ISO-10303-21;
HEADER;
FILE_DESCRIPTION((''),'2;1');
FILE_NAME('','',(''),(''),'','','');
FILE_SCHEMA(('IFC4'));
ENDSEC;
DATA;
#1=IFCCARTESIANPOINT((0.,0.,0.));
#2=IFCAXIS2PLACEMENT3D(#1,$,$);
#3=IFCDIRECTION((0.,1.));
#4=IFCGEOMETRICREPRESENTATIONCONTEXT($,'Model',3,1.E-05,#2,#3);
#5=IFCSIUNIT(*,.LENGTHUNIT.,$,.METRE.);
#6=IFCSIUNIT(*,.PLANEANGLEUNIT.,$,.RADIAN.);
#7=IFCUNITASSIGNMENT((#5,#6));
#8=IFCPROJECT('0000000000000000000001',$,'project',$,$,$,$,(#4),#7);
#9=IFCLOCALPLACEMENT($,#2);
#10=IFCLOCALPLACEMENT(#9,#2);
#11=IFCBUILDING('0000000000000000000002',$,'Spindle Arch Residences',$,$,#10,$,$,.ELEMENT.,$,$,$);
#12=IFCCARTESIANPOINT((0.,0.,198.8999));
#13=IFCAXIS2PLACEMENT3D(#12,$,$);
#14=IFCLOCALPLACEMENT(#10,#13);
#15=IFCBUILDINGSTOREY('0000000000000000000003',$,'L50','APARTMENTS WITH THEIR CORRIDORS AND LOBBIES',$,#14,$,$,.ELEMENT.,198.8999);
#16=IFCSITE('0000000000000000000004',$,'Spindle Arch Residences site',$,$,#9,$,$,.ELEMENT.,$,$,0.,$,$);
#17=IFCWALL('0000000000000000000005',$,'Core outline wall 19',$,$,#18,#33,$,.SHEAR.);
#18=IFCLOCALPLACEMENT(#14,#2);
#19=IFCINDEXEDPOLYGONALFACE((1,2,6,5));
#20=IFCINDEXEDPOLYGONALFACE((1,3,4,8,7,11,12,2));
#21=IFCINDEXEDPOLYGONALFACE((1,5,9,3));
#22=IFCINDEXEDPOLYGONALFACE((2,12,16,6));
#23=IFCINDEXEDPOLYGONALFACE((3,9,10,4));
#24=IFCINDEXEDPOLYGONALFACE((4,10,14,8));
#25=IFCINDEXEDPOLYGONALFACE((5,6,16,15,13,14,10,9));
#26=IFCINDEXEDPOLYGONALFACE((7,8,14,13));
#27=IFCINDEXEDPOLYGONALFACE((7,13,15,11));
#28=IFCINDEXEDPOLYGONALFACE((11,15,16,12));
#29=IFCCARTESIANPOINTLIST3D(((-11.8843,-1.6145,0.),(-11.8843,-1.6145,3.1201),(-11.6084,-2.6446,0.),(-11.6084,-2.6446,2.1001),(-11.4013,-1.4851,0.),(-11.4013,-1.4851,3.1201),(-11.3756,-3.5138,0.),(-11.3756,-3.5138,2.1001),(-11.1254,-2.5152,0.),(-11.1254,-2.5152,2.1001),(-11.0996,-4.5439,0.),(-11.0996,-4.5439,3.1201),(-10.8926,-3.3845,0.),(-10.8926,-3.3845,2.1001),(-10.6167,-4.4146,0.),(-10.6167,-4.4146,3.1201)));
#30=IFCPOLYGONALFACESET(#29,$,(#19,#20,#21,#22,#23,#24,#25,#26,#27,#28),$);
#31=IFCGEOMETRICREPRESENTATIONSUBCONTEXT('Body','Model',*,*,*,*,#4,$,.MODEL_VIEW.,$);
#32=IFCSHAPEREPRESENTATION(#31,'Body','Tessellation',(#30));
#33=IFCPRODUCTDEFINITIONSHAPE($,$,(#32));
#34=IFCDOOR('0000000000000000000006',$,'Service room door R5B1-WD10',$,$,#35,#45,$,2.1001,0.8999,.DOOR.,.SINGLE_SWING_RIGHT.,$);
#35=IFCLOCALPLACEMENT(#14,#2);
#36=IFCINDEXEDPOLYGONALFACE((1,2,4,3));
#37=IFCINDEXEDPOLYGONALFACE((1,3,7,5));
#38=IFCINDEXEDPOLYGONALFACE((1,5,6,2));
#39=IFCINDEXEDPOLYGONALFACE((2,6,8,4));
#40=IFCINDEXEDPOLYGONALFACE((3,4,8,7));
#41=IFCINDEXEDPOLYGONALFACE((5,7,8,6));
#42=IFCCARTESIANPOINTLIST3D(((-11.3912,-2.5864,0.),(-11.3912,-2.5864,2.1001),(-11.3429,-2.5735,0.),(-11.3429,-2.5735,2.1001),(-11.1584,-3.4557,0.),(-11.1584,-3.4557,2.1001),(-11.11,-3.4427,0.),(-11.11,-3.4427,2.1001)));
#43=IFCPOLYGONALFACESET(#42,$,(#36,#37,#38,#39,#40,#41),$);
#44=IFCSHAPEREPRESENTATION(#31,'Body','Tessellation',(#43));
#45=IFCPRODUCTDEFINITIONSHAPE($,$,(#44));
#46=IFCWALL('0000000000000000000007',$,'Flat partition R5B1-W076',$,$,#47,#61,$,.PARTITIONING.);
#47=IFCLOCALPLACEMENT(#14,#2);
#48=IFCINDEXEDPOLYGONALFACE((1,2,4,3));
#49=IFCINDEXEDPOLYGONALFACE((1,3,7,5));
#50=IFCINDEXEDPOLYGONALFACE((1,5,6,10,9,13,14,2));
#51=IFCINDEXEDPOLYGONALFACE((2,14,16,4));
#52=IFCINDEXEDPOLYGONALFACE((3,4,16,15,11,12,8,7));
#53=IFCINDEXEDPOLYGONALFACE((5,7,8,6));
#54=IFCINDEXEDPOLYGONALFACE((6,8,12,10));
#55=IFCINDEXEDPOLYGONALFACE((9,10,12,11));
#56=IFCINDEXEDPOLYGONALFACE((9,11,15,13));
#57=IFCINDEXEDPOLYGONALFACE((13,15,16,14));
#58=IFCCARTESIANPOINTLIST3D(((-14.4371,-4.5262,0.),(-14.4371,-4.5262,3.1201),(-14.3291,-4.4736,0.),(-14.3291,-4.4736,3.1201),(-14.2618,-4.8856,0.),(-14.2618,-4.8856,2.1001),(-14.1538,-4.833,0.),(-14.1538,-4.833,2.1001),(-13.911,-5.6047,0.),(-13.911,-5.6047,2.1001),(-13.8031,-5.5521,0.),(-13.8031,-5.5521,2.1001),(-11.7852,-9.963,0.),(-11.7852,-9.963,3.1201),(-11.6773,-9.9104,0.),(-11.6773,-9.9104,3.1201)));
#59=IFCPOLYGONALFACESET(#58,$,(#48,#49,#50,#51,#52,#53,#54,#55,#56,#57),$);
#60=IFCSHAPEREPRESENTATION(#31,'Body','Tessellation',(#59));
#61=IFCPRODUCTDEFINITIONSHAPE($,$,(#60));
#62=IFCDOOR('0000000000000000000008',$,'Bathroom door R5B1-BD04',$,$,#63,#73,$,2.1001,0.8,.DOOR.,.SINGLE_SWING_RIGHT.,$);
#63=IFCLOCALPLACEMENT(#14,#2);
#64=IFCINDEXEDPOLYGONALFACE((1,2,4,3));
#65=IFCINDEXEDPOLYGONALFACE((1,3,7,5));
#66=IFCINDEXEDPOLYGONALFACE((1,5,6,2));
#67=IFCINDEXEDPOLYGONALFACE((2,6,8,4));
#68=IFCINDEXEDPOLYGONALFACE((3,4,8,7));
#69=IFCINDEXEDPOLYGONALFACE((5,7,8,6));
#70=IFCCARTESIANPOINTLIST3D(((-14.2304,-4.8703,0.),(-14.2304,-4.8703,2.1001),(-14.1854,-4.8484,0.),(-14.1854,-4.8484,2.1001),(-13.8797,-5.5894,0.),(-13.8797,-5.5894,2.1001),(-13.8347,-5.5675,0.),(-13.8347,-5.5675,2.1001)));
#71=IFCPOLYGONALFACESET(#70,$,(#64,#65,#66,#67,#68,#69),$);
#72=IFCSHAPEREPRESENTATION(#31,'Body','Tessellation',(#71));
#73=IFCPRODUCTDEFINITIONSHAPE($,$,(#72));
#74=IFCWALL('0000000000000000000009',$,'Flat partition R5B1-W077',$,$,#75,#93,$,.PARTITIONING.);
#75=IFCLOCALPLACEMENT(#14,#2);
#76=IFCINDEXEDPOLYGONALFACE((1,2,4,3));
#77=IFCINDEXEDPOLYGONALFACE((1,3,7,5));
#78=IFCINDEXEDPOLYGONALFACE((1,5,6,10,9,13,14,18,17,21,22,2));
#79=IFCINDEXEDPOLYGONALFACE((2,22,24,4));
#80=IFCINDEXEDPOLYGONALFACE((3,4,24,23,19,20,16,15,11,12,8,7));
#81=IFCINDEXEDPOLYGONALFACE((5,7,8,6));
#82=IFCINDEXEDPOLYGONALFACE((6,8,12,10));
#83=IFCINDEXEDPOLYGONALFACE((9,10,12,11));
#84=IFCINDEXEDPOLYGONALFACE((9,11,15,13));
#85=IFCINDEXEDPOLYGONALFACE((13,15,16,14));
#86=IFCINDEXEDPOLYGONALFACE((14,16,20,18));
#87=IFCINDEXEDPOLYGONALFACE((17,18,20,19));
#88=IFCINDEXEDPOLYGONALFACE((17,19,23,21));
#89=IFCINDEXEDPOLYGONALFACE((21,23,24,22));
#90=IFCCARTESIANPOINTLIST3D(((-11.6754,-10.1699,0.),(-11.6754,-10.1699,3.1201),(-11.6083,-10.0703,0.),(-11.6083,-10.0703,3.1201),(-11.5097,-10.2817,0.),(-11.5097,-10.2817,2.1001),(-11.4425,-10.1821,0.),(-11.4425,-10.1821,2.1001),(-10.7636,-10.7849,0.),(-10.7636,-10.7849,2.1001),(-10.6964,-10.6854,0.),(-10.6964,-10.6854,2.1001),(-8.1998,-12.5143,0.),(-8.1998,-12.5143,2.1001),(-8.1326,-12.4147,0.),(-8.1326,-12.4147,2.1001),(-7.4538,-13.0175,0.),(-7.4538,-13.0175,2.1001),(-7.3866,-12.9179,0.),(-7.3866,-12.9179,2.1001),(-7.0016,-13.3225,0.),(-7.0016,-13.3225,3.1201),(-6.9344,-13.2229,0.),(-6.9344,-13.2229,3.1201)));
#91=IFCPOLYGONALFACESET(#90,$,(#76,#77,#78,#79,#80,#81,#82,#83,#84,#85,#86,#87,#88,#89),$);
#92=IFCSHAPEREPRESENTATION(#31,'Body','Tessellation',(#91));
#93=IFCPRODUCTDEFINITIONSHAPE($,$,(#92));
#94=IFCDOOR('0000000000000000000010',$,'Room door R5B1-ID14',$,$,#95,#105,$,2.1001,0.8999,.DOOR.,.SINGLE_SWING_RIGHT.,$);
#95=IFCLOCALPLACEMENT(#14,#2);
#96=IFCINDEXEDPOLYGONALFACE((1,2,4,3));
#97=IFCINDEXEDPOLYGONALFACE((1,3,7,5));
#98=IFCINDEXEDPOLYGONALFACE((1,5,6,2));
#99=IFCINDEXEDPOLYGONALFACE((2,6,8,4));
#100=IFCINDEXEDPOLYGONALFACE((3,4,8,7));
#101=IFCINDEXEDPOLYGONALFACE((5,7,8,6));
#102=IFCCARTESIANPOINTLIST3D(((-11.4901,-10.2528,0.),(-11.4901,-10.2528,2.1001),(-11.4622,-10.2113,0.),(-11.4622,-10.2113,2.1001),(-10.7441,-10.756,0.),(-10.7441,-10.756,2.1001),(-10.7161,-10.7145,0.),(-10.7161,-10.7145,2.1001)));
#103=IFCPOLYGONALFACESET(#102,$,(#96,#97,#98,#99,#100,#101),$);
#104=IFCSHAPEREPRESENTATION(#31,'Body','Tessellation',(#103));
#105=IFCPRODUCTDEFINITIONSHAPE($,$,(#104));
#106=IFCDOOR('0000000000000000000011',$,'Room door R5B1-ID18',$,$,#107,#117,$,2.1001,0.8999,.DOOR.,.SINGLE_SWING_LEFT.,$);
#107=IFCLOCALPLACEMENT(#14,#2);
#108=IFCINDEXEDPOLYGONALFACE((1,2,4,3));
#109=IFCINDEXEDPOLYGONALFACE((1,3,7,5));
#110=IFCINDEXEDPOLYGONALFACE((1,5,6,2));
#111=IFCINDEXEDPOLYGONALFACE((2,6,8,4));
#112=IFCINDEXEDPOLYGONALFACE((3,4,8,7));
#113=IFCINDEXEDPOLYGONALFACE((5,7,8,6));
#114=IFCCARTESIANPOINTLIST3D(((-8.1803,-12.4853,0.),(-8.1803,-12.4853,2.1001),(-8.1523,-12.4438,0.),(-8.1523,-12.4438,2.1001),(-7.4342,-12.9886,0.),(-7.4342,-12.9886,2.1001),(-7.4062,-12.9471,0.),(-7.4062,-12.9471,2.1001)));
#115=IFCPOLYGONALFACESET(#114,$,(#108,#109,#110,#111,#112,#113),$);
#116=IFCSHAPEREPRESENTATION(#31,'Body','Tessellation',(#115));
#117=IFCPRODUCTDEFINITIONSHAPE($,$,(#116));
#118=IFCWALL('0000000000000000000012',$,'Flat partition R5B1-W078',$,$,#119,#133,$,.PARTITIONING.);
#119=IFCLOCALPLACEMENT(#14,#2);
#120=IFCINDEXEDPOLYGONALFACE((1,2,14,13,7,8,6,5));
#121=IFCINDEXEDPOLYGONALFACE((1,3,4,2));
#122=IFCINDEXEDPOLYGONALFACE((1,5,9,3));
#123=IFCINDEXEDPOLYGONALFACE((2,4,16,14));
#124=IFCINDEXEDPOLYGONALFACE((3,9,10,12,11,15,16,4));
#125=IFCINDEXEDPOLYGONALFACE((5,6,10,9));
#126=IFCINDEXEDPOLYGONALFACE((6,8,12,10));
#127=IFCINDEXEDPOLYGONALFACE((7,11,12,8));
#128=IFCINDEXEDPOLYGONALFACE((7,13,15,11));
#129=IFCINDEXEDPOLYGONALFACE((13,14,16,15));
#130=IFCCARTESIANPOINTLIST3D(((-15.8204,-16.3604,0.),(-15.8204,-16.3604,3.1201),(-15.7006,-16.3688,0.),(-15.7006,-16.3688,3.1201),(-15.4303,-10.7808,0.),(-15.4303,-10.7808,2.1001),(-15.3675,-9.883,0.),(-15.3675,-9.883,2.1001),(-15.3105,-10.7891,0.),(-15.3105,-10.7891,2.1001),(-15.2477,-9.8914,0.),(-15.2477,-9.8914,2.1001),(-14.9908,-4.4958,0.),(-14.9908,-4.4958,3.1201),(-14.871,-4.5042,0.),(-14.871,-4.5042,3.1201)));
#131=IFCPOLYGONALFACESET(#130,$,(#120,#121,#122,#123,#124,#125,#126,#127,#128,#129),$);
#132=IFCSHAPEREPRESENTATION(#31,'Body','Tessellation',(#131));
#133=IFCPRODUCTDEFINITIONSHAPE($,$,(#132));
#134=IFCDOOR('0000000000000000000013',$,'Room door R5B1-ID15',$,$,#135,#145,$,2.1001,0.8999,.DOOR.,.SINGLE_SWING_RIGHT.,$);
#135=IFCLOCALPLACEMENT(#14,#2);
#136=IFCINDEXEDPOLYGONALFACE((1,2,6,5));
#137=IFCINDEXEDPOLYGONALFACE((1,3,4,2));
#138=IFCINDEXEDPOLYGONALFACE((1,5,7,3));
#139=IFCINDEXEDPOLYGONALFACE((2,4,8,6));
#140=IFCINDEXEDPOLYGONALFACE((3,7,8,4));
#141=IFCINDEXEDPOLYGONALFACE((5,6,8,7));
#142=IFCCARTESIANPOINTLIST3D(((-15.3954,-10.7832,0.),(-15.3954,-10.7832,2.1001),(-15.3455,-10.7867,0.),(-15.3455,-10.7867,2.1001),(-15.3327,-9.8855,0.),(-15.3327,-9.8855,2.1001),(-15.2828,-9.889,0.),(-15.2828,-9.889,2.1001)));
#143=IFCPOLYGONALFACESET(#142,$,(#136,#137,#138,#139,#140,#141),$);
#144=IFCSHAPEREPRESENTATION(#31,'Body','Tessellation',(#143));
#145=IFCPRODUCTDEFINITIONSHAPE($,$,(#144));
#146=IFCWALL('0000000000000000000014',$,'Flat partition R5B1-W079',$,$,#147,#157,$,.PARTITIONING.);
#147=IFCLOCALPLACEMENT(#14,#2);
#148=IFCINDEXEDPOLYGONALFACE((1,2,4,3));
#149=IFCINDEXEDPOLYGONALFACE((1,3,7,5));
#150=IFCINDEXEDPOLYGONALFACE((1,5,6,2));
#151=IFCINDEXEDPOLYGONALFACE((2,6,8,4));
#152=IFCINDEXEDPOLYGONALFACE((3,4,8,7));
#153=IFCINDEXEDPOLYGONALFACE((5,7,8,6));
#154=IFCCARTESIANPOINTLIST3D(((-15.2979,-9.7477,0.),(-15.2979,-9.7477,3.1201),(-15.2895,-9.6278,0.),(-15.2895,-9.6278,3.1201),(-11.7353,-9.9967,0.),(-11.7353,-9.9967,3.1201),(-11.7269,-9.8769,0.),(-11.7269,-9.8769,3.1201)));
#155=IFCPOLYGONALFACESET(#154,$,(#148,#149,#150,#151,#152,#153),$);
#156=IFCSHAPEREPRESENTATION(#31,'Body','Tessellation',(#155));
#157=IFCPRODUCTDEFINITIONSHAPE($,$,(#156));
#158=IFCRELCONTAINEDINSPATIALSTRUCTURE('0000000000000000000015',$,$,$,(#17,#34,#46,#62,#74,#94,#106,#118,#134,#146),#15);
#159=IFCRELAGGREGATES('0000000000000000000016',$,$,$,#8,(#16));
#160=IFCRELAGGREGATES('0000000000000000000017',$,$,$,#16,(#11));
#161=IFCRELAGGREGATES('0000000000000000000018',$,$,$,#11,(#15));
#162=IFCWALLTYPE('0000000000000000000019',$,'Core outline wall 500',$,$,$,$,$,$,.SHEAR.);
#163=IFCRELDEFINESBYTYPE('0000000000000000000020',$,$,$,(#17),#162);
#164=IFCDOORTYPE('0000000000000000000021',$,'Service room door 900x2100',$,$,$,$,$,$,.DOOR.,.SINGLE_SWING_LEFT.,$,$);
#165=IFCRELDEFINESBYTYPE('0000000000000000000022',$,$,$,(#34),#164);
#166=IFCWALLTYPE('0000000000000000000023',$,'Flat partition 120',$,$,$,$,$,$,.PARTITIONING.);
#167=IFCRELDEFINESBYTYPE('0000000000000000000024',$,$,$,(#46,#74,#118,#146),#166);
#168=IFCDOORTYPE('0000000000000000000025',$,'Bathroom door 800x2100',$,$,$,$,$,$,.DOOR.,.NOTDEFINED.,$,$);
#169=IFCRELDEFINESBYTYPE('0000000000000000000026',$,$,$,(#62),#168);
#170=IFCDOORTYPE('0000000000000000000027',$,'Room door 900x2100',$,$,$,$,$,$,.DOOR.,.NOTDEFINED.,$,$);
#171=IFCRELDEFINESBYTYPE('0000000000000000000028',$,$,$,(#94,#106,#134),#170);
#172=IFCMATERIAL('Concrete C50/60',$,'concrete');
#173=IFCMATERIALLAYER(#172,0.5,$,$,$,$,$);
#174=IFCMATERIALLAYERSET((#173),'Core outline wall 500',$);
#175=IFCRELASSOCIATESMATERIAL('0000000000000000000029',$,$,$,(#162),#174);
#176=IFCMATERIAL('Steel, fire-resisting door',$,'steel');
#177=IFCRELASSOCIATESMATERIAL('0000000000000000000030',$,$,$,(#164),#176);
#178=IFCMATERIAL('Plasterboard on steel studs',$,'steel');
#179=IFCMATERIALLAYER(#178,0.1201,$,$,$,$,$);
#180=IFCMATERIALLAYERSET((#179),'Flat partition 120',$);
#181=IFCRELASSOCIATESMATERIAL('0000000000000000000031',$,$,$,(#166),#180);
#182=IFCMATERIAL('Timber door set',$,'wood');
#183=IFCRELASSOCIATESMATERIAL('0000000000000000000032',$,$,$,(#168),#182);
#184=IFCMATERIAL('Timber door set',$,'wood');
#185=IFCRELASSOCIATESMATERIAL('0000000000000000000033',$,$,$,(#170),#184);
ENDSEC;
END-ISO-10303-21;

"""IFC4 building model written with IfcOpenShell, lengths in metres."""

from ifc_helpers import new_model, si_unit, direction, frame, frame_2d, origin, place, context, subcontext, project, spatial, rectangle, extrude, material, layer, layer_set, type_object, element, fill, save


model = new_model("IFC4")

# Units and contexts
model_context = context("Model", 3, precision=1e-05, world=origin(), true_north=direction((0.0, 1.0)))
body_context = subcontext(model_context, "Body", "Model", "MODEL_VIEW")
ifc_project = project(units=[si_unit("LENGTHUNIT", "METRE"), si_unit("PLANEANGLEUNIT", "RADIAN")], contexts=[model_context])

# Site, building, storey
site_placement = place(None, origin())
site = spatial("IfcSite", under=ifc_project, at=site_placement, Name="Spindle Arch Residences site", CompositionType="ELEMENT", RefElevation=0.0)
building_placement = place(site_placement, origin())
building = spatial("IfcBuilding", under=site, at=building_placement, Name="Spindle Arch Residences", CompositionType="ELEMENT")
storey_placement = place(building_placement, frame((0.0, 0.0, 198.8999)))
storey = spatial("IfcBuildingStorey", under=building, at=storey_placement, Name="L50", Description="APARTMENTS WITH THEIR CORRIDORS AND LOBBIES", CompositionType="ELEMENT", Elevation=198.8999)

# Walls, openings, doors
ifc_material_1 = material(Name="Concrete C50/60", Category="concrete")
ifc_layer_1 = layer(ifc_material_1, 0.5)
ifc_layer_set_1 = layer_set([ifc_layer_1], Name="Core outline wall 500")
wall_type_1 = type_object("IfcWallType", Name="Core outline wall 500", PredefinedType="SHEAR", material=ifc_layer_set_1)
wall_1_placement = place(storey_placement, frame((-11.6428, -1.5498, 0.0), z_axis=(0.0, 0.0, 1.0), x_axis=(0.258735, -0.965948, 0.0)))
wall_1 = element("IfcWall", 1, at=wall_1_placement, inside=storey, type_object=wall_type_1, Name="Core outline wall 19", PredefinedType="SHEAR", context=body_context, shape_type="SweptSolid", body=[
    extrude(rectangle(XDim=3.0327, YDim=0.5, at=frame_2d((1.5164, 0.0))), origin(), (0.0, 0.0, 1.0), 3.1201),
])
opening_1_placement = place(wall_1_placement, frame((1.0664, 0.0, 0.0)))
opening_1 = element("IfcOpeningElement", 2, at=opening_1_placement, cuts=wall_1, PredefinedType="OPENING", context=body_context, shape_type="SweptSolid", body=[
    extrude(rectangle(XDim=0.8999, YDim=2.1001, at=frame_2d((0.45, 1.05))), frame((0.0, 0.26, 0.0), z_axis=(0.0, -1.0, 0.0), x_axis=(1.0, 0.0, 0.0)), (0.0, 0.0, 1.0), 0.52),
])
ifc_material_2 = material(Name="Steel, fire-resisting door", Category="steel")
door_type_1 = type_object("IfcDoorType", Name="Service room door 900x2100", OperationType="SINGLE_SWING_LEFT", PredefinedType="DOOR", material=ifc_material_2)
door_1_placement = place(opening_1_placement, origin())
door_1 = element("IfcDoor", 3, at=door_1_placement, inside=storey, type_object=door_type_1, Name="Service room door R5B1-WD10", OperationType="SINGLE_SWING_RIGHT", OverallHeight=2.1001, OverallWidth=0.8999, PredefinedType="DOOR", context=body_context, shape_type="SweptSolid", body=[
    extrude(rectangle(XDim=0.8999, YDim=2.1001, at=frame_2d((0.45, 1.05))), frame((0.0, 0.0249, 0.0), z_axis=(0.0, -1.0, 0.0), x_axis=(1.0, 0.0, 0.0)), (0.0, 0.0, 1.0), 0.05),
])
fill(opening_1, door_1)
ifc_material_3 = material(Name="Plasterboard on steel studs", Category="steel")
ifc_layer_2 = layer(ifc_material_3, 0.1201)
ifc_layer_set_2 = layer_set([ifc_layer_2], Name="Flat partition 120")
wall_type_2 = type_object("IfcWallType", Name="Flat partition 120", PredefinedType="PARTITIONING", material=ifc_layer_set_2)
wall_2_placement = place(storey_placement, frame((-14.3831, -4.5, 0.0), z_axis=(0.0, 0.0, 1.0), x_axis=(0.438393, -0.898783, 0.0)))
wall_2 = element("IfcWall", 4, at=wall_2_placement, inside=storey, type_object=wall_type_2, Name="Flat partition R5B1-W076", PredefinedType="PARTITIONING", context=body_context, shape_type="SweptSolid", body=[
    extrude(rectangle(XDim=6.0491, YDim=0.1201, at=frame_2d((3.0244, 0.0))), origin(), (0.0, 0.0, 1.0), 3.1201),
])
opening_2_placement = place(wall_2_placement, frame((0.3999, 0.0, 0.0)))
opening_2 = element("IfcOpeningElement", 5, at=opening_2_placement, cuts=wall_2, PredefinedType="OPENING", context=body_context, shape_type="SweptSolid", body=[
    extrude(rectangle(XDim=0.8, YDim=2.1001, at=frame_2d((0.3999, 1.05))), frame((0.0, 0.0701, 0.0), z_axis=(0.0, -1.0, 0.0), x_axis=(1.0, 0.0, 0.0)), (0.0, 0.0, 1.0), 0.1401),
])
ifc_material_4 = material(Name="Timber door set", Category="wood")
door_type_2 = type_object("IfcDoorType", Name="Bathroom door 800x2100", OperationType="NOTDEFINED", PredefinedType="DOOR", material=ifc_material_4)
door_2_placement = place(opening_2_placement, origin())
door_2 = element("IfcDoor", 6, at=door_2_placement, inside=storey, type_object=door_type_2, Name="Bathroom door R5B1-BD04", OperationType="SINGLE_SWING_RIGHT", OverallHeight=2.1001, OverallWidth=0.8, PredefinedType="DOOR", context=body_context, shape_type="SweptSolid", body=[
    extrude(rectangle(XDim=0.8, YDim=2.1001, at=frame_2d((0.3999, 1.05))), frame((0.0, 0.0249, 0.0), z_axis=(0.0, -1.0, 0.0), x_axis=(1.0, 0.0, 0.0)), (0.0, 0.0, 1.0), 0.05),
])
fill(opening_2, door_2)

# Wall, openings, doors
wall_3_placement = place(storey_placement, frame((-11.6418, -10.1201, 0.0), z_axis=(0.0, 0.0, 1.0), x_axis=(0.829033, -0.559199, 0.0)))
wall_3 = element("IfcWall", 7, at=wall_3_placement, inside=storey, type_object=wall_type_2, Name="Flat partition R5B1-W077", PredefinedType="PARTITIONING", context=body_context, shape_type="SweptSolid", body=[
    extrude(rectangle(XDim=5.6377, YDim=0.1201, at=frame_2d((2.8188, 0.0))), origin(), (0.0, 0.0, 1.0), 3.1201),
])
opening_3_placement = place(wall_3_placement, frame((0.2, 0.0, 0.0)))
opening_3 = element("IfcOpeningElement", 8, at=opening_3_placement, cuts=wall_3, PredefinedType="OPENING", context=body_context, shape_type="SweptSolid", body=[
    extrude(rectangle(XDim=0.8999, YDim=2.1001, at=frame_2d((0.45, 1.05))), frame((0.0, 0.0701, 0.0), z_axis=(0.0, -1.0, 0.0), x_axis=(1.0, 0.0, 0.0)), (0.0, 0.0, 1.0), 0.1401),
])
opening_4_placement = place(wall_3_placement, frame((4.1924, 0.0, 0.0)))
opening_4 = element("IfcOpeningElement", 9, at=opening_4_placement, cuts=wall_3, PredefinedType="OPENING", context=body_context, shape_type="SweptSolid", body=[
    extrude(rectangle(XDim=0.8999, YDim=2.1001, at=frame_2d((0.45, 1.05))), frame((0.0, 0.0701, 0.0), z_axis=(0.0, -1.0, 0.0), x_axis=(1.0, 0.0, 0.0)), (0.0, 0.0, 1.0), 0.1401),
])
ifc_material_5 = material(Name="Timber door set", Category="wood")
door_type_3 = type_object("IfcDoorType", Name="Room door 900x2100", OperationType="NOTDEFINED", PredefinedType="DOOR", material=ifc_material_5)
door_3_placement = place(opening_3_placement, origin())
door_3 = element("IfcDoor", 10, at=door_3_placement, inside=storey, type_object=door_type_3, Name="Room door R5B1-ID14", OperationType="SINGLE_SWING_RIGHT", OverallHeight=2.1001, OverallWidth=0.8999, PredefinedType="DOOR", context=body_context, shape_type="SweptSolid", body=[
    extrude(rectangle(XDim=0.8999, YDim=2.1001, at=frame_2d((0.45, 1.05))), frame((0.0, 0.0249, 0.0), z_axis=(0.0, -1.0, 0.0), x_axis=(1.0, 0.0, 0.0)), (0.0, 0.0, 1.0), 0.05),
])
fill(opening_3, door_3)
door_4_placement = place(opening_4_placement, origin())
door_4 = element("IfcDoor", 11, at=door_4_placement, inside=storey, type_object=door_type_3, Name="Room door R5B1-ID18", OperationType="SINGLE_SWING_LEFT", OverallHeight=2.1001, OverallWidth=0.8999, PredefinedType="DOOR", context=body_context, shape_type="SweptSolid", body=[
    extrude(rectangle(XDim=0.8999, YDim=2.1001, at=frame_2d((0.45, 1.05))), frame((0.0, 0.0249, 0.0), z_axis=(0.0, -1.0, 0.0), x_axis=(1.0, 0.0, 0.0)), (0.0, 0.0, 1.0), 0.05),
])
fill(opening_4, door_4)

# Wall, opening, door
wall_4_placement = place(storey_placement, frame((-14.9309, -4.5, 0.0), z_axis=(0.0, 0.0, 1.0), x_axis=(-0.069752, -0.997564, 0.0)))
wall_4 = element("IfcWall", 12, at=wall_4_placement, inside=storey, type_object=wall_type_2, Name="Flat partition R5B1-W078", PredefinedType="PARTITIONING", context=body_context, shape_type="SweptSolid", body=[
    extrude(rectangle(XDim=11.8936, YDim=0.1201, at=frame_2d((5.9468, 0.0))), origin(), (0.0, 0.0, 1.0), 3.1201),
])
opening_5_placement = place(wall_4_placement, frame((5.4004, 0.0, 0.0)))
opening_5 = element("IfcOpeningElement", 13, at=opening_5_placement, cuts=wall_4, PredefinedType="OPENING", context=body_context, shape_type="SweptSolid", body=[
    extrude(rectangle(XDim=0.8999, YDim=2.1001, at=frame_2d((0.45, 1.05))), frame((0.0, 0.0701, 0.0), z_axis=(0.0, -1.0, 0.0), x_axis=(1.0, 0.0, 0.0)), (0.0, 0.0, 1.0), 0.1401),
])
door_5_placement = place(opening_5_placement, origin())
door_5 = element("IfcDoor", 14, at=door_5_placement, inside=storey, type_object=door_type_3, Name="Room door R5B1-ID15", OperationType="SINGLE_SWING_RIGHT", OverallHeight=2.1001, OverallWidth=0.8999, PredefinedType="DOOR", context=body_context, shape_type="SweptSolid", body=[
    extrude(rectangle(XDim=0.8999, YDim=2.1001, at=frame_2d((0.45, 1.05))), frame((0.0, 0.0249, 0.0), z_axis=(0.0, -1.0, 0.0), x_axis=(1.0, 0.0, 0.0)), (0.0, 0.0, 1.0), 0.05),
])
fill(opening_5, door_5)

# Wall
wall_5_placement = place(storey_placement, frame((-15.2937, -9.6877, 0.0), z_axis=(0.0, 0.0, 1.0), x_axis=(0.997566, -0.069731, 0.0)))
element("IfcWall", 15, at=wall_5_placement, inside=storey, type_object=wall_type_2, Name="Flat partition R5B1-W079", PredefinedType="PARTITIONING", context=body_context, shape_type="SweptSolid", body=[
    extrude(rectangle(XDim=3.5713, YDim=0.1201, at=frame_2d((1.7856, 0.0))), origin(), (0.0, 0.0, 1.0), 3.1201),
])

save(model, "model.ifc")
